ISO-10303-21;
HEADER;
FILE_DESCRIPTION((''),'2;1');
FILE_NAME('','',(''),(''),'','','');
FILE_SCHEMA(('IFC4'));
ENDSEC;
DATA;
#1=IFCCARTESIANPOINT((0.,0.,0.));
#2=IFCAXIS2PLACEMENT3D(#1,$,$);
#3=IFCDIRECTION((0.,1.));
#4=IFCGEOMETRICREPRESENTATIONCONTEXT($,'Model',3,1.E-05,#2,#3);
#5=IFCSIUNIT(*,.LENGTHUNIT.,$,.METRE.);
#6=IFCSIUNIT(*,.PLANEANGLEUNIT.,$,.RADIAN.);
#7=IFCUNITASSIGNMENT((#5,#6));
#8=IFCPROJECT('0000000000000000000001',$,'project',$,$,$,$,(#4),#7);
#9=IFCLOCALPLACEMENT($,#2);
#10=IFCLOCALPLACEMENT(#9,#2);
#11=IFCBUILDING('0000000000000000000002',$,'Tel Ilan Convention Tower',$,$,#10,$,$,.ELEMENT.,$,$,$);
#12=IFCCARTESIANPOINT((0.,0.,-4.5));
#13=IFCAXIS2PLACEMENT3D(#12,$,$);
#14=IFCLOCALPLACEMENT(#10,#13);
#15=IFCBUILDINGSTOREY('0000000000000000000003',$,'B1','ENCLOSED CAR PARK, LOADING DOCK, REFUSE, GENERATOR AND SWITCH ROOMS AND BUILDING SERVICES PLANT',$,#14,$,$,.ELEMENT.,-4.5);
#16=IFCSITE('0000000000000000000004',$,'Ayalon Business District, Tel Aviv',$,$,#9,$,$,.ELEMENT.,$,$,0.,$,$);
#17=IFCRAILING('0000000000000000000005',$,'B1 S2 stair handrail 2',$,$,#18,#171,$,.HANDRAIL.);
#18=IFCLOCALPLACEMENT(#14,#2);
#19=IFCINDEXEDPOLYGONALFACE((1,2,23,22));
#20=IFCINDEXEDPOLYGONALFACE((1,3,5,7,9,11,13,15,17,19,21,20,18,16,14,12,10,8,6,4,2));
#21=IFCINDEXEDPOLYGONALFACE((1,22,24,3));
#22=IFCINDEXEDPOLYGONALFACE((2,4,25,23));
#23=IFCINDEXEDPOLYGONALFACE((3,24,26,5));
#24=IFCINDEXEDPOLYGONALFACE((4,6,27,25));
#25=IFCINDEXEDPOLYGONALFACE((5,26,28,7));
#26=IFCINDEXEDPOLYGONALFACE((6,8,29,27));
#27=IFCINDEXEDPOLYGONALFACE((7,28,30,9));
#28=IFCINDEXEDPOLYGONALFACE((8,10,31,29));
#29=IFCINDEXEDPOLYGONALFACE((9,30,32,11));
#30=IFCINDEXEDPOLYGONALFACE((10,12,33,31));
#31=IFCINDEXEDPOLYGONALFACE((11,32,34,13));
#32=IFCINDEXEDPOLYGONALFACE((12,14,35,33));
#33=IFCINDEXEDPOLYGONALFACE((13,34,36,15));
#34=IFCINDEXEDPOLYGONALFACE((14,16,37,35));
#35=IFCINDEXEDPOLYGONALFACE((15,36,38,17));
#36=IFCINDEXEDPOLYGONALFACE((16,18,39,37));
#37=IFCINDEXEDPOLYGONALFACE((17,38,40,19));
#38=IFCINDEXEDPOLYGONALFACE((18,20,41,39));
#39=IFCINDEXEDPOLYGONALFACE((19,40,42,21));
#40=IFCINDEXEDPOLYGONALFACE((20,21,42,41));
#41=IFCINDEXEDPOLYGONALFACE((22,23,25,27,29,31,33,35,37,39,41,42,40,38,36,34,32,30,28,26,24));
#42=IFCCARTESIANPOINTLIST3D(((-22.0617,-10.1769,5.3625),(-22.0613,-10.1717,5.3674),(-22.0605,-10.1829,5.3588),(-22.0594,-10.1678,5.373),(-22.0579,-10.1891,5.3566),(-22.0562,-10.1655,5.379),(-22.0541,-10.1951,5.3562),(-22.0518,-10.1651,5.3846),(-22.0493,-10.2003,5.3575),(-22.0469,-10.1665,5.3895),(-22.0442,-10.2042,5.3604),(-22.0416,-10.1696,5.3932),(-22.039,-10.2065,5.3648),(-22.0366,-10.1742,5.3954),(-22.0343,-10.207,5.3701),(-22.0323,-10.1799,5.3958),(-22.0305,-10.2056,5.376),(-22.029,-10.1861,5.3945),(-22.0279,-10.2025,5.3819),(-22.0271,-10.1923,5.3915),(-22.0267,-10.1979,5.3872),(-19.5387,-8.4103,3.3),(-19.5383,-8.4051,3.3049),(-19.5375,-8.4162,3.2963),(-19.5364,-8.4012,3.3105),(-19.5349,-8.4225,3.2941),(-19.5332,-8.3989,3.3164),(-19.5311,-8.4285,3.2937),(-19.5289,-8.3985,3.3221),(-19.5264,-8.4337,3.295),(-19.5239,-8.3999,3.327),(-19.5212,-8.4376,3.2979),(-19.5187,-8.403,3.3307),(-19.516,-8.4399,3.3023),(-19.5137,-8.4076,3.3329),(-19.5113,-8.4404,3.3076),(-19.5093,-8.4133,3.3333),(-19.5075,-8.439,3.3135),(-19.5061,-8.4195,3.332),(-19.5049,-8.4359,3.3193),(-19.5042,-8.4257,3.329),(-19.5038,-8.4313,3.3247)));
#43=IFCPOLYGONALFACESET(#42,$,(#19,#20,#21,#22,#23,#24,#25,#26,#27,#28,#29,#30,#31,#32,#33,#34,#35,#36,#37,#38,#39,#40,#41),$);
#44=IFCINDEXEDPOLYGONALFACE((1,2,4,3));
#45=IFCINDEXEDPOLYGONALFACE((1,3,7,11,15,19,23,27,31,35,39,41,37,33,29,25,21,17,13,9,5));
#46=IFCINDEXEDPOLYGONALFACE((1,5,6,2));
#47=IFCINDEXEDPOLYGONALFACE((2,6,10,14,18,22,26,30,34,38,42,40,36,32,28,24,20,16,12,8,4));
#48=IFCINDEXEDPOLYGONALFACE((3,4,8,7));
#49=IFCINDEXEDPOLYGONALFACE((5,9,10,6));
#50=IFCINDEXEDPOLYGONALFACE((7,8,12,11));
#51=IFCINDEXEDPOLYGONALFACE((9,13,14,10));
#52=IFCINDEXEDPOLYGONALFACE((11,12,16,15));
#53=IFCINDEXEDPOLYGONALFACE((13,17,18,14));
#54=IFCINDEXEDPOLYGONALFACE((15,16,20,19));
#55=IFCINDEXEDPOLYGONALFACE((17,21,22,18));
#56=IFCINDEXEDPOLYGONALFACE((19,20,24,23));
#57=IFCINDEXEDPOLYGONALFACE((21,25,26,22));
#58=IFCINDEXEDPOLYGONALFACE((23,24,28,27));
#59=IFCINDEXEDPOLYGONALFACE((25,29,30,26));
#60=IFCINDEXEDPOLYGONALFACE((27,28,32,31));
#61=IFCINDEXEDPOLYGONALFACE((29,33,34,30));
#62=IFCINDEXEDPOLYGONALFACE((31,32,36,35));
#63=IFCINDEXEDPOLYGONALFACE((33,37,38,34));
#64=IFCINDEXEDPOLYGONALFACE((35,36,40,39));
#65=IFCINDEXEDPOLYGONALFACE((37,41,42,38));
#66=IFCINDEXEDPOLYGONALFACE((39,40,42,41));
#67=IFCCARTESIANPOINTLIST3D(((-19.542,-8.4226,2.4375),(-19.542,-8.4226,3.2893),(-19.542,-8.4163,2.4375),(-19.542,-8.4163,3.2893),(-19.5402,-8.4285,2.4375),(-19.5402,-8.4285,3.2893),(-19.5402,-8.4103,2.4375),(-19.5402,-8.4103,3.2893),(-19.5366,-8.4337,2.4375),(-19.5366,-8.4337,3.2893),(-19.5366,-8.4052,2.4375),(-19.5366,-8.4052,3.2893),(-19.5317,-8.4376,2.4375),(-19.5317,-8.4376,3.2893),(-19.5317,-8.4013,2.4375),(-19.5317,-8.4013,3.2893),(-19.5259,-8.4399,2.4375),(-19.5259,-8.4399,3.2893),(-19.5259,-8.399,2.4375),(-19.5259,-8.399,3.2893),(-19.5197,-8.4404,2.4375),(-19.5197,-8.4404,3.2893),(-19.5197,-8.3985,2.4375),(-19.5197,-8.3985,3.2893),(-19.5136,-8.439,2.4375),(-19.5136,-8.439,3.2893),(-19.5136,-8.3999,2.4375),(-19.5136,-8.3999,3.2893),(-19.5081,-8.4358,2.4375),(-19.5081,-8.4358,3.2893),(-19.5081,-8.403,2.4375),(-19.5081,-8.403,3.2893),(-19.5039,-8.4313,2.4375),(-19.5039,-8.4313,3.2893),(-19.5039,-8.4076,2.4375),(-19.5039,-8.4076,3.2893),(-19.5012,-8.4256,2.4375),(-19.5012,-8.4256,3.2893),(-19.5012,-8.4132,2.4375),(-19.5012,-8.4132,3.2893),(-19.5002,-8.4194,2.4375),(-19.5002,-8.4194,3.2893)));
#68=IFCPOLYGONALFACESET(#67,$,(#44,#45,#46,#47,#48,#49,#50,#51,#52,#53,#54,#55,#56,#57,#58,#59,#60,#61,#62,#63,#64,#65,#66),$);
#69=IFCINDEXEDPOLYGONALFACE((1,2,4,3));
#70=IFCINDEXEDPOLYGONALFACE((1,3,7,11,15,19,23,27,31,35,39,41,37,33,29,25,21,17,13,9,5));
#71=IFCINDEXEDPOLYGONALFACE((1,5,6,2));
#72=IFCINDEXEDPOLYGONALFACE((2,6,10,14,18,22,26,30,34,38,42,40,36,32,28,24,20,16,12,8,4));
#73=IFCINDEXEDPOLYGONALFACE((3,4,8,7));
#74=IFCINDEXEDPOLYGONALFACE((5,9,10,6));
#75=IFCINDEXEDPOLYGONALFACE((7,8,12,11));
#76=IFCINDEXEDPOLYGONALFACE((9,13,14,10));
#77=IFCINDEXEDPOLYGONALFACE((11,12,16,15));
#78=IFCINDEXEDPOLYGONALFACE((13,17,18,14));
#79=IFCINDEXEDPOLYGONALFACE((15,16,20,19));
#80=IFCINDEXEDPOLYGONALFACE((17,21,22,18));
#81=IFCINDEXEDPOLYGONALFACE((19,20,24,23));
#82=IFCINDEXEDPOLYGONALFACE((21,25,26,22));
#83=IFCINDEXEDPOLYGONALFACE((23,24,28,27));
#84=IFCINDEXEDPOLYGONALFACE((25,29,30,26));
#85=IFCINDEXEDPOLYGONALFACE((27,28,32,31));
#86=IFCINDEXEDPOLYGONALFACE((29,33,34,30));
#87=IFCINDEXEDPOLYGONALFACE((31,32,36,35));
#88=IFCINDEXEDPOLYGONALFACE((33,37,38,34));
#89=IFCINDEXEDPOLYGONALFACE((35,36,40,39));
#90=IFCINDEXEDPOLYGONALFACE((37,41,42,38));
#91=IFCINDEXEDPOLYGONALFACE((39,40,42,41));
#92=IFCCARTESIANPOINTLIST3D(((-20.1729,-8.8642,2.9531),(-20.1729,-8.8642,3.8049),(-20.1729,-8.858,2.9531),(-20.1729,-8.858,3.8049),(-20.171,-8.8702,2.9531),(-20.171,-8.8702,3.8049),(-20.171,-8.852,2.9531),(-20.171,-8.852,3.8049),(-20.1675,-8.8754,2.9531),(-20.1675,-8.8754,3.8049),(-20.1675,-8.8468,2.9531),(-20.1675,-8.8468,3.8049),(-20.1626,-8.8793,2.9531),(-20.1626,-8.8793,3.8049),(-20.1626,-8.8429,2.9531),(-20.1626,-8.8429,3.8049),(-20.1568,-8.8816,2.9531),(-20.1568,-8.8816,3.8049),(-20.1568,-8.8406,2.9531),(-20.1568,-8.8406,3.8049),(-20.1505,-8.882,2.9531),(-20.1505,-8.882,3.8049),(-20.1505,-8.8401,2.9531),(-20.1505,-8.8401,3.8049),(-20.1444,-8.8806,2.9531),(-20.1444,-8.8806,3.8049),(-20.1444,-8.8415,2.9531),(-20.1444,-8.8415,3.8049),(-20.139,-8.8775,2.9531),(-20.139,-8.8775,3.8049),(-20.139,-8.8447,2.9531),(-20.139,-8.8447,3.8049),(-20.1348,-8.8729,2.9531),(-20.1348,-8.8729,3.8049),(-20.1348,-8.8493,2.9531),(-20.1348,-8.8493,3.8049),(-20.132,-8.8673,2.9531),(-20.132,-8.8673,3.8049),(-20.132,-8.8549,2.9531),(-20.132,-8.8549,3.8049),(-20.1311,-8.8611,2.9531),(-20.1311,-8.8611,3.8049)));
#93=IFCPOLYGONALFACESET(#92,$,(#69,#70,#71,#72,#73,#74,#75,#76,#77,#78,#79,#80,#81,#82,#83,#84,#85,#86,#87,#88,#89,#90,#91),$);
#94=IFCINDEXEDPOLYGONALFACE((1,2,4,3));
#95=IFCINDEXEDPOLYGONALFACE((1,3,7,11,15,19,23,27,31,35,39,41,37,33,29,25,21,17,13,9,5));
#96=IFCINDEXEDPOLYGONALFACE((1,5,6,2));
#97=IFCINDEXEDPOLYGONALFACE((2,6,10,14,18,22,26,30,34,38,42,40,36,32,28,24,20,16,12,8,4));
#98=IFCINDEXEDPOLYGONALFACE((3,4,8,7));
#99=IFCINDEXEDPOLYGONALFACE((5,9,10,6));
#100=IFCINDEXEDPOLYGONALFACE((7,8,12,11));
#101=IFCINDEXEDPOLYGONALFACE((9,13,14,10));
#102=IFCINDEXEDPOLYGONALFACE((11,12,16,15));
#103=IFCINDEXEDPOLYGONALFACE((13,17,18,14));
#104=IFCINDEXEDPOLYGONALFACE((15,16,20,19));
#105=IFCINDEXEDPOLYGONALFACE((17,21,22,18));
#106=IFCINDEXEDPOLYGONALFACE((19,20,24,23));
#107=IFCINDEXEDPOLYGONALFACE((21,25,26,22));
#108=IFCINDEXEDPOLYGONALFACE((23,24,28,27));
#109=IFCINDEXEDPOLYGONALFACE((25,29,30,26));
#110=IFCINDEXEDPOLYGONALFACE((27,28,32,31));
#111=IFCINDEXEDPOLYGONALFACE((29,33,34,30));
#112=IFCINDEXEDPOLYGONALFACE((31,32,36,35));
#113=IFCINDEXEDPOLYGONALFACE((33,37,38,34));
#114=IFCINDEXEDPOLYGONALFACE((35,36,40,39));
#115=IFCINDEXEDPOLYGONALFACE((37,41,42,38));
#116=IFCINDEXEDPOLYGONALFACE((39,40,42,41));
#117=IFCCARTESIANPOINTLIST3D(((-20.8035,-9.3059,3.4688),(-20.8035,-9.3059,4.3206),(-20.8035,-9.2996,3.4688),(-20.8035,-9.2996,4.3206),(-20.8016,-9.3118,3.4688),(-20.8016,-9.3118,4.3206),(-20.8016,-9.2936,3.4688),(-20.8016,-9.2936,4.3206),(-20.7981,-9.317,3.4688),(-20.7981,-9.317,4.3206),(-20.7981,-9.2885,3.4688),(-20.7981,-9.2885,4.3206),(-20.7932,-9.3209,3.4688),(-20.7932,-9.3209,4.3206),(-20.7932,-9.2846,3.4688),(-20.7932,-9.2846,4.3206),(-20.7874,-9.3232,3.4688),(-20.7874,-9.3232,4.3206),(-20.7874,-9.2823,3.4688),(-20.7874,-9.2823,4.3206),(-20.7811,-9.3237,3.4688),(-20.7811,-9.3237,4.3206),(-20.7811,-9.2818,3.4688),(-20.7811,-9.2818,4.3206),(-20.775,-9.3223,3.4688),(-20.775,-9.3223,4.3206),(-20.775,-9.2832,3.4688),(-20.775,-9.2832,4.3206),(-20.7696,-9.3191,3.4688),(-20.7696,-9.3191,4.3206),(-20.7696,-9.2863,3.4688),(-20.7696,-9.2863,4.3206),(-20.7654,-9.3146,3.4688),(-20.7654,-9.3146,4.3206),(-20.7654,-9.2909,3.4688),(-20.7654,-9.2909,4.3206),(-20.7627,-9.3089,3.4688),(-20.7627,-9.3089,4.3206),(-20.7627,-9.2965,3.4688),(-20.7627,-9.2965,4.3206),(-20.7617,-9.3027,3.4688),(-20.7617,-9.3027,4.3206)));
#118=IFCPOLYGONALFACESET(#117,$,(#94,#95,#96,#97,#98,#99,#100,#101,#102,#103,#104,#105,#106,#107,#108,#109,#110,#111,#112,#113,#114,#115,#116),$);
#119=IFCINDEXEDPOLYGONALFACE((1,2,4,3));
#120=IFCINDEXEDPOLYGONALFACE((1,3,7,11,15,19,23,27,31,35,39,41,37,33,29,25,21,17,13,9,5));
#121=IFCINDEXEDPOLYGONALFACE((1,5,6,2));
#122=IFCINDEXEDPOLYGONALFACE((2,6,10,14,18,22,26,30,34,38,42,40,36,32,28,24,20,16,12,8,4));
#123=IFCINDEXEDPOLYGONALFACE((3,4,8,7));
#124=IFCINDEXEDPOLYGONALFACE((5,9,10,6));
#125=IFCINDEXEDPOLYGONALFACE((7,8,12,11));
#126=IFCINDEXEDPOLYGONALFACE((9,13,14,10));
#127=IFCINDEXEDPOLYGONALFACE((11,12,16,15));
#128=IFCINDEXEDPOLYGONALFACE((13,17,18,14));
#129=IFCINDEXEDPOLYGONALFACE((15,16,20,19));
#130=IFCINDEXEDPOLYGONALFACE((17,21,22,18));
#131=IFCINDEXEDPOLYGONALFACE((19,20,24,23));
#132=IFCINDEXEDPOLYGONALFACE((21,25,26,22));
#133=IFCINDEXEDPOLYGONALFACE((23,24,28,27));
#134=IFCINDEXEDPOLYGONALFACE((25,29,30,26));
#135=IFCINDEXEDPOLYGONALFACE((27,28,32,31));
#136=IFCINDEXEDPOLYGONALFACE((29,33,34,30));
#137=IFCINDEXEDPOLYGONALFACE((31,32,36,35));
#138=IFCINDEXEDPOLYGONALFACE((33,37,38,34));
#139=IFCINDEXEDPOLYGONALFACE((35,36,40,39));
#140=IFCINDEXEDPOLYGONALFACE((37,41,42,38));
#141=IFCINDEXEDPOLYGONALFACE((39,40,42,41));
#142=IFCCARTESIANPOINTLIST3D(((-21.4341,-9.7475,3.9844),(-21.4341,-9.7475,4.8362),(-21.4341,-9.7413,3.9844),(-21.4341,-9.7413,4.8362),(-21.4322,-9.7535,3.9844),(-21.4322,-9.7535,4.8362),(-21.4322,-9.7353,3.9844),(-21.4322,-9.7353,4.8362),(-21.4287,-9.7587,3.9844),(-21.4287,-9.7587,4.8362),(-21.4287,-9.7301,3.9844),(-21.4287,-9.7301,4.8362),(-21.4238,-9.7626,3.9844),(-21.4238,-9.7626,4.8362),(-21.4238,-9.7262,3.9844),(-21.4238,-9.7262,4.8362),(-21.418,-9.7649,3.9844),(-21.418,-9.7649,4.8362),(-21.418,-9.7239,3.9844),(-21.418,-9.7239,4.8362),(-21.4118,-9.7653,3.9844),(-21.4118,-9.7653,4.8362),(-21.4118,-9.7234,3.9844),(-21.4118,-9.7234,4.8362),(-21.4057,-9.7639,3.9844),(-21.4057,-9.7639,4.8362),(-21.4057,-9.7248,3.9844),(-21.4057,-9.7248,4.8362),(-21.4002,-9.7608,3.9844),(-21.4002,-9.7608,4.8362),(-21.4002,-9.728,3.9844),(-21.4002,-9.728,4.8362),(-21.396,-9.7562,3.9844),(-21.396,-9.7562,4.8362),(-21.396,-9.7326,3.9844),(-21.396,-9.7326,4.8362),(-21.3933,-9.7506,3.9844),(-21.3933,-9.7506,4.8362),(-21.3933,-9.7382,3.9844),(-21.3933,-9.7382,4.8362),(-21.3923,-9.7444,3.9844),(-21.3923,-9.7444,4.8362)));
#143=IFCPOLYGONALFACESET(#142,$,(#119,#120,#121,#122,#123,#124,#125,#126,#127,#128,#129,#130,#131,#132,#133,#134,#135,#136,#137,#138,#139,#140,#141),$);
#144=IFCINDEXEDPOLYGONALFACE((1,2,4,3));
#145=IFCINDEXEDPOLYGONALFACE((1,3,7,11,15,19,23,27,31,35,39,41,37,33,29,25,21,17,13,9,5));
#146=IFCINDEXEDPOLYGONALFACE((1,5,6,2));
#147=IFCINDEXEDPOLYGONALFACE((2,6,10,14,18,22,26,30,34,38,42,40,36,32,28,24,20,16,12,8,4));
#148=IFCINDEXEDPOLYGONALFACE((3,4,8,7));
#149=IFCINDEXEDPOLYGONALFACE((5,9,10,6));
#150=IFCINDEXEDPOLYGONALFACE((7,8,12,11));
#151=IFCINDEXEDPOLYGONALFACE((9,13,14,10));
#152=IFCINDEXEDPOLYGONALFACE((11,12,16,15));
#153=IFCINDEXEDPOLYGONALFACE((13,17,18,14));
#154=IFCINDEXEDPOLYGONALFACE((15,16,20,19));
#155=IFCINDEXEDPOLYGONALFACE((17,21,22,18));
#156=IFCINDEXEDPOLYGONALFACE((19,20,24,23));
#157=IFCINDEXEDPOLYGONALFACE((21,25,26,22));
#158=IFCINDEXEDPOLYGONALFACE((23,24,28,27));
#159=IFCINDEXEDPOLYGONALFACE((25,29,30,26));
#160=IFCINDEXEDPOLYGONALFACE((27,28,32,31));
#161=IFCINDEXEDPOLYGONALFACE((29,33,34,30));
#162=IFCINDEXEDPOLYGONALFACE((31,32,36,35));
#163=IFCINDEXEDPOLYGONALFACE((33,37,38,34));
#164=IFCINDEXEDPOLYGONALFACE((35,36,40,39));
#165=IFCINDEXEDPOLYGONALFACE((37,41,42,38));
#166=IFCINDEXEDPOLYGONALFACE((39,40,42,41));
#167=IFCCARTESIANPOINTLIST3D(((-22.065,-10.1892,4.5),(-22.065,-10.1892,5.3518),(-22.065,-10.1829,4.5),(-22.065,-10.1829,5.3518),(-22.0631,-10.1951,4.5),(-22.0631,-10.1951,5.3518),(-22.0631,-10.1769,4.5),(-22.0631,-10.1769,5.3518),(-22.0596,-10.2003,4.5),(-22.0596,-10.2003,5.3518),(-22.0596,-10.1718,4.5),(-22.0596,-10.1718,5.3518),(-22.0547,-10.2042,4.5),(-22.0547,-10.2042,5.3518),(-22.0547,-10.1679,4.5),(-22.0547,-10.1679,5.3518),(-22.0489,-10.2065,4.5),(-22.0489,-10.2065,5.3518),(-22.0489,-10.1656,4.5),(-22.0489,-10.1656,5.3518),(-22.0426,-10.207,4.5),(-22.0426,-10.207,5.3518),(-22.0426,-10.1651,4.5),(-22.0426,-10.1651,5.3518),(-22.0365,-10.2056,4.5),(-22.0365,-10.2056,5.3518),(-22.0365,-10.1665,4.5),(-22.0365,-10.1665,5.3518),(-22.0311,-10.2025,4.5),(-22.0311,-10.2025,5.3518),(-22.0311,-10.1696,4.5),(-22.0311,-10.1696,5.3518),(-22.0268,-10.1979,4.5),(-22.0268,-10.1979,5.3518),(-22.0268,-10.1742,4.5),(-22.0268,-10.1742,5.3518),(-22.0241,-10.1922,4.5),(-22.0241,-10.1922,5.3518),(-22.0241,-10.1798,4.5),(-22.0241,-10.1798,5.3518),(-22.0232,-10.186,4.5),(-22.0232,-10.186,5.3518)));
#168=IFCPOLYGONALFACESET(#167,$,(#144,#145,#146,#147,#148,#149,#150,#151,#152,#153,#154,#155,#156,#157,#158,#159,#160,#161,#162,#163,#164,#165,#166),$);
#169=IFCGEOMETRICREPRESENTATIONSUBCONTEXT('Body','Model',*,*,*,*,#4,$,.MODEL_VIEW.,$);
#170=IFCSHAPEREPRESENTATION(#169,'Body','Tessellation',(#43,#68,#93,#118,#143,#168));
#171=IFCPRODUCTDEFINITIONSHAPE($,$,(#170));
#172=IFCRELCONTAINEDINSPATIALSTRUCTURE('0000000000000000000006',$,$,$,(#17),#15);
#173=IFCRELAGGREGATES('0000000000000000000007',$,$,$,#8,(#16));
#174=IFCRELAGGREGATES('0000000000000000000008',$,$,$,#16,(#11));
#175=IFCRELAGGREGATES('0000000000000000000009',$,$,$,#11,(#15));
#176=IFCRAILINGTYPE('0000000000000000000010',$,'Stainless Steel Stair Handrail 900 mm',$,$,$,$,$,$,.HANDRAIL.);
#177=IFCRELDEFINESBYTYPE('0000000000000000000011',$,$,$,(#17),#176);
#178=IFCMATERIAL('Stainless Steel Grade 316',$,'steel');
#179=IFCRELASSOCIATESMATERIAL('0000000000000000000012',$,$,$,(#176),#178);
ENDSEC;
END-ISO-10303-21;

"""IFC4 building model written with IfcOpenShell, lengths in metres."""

from ifc_helpers import new_model, si_unit, direction, frame, origin, origin_2d, place, context, subcontext, project, spatial, circle, extrude, material, type_object, element, save


model = new_model("IFC4")

# Units and contexts
model_context = context("Model", 3, precision=1e-05, world=origin(), true_north=direction((0.0, 1.0)))
body_context = subcontext(model_context, "Body", "Model", "MODEL_VIEW")
ifc_project = project(units=[si_unit("LENGTHUNIT", "METRE"), si_unit("PLANEANGLEUNIT", "RADIAN")], contexts=[model_context])

# Site, building, storey
site_placement = place(None, origin())
site = spatial("IfcSite", under=ifc_project, at=site_placement, Name="Ayalon Business District, Tel Aviv", CompositionType="ELEMENT", RefElevation=0.0)
building_placement = place(site_placement, origin())
building = spatial("IfcBuilding", under=site, at=building_placement, Name="Tel Ilan Convention Tower", CompositionType="ELEMENT")
storey_placement = place(building_placement, frame((0.0, 0.0, -4.5)))
storey = spatial("IfcBuildingStorey", under=building, at=storey_placement, Name="B1", Description="ENCLOSED CAR PARK, LOADING DOCK, REFUSE, GENERATOR AND SWITCH ROOMS AND BUILDING SERVICES PLANT", CompositionType="ELEMENT", Elevation=-4.5)

# Railing
ifc_material_1 = material(Name="Stainless Steel Grade 316", Category="steel")
railing_type_1 = type_object("IfcRailingType", Name="Stainless Steel Stair Handrail 900 mm", PredefinedType="HANDRAIL", material=ifc_material_1)
railing_1_placement = place(storey_placement, frame((-19.5212, -8.4194, 2.4375)))
element("IfcRailing", 1, at=railing_1_placement, inside=storey, type_object=railing_type_1, Name="B1 S2 stair handrail 2", PredefinedType="HANDRAIL", context=body_context, shape_type="SweptSolid", body=[
    extrude(circle(Radius=0.0239, at=origin_2d()), frame((0.0, 0.0, 0.876), z_axis=(-0.680635, -0.476589, 0.556416), x_axis=(0.573579, -0.81915, 0.0)), (0.0, 0.0, 1.0), 3.7068),
    extrude(circle(Radius=0.021, at=origin_2d()), origin(), (0.0, 0.0, 1.0), 0.8518),
    extrude(circle(Radius=0.021, at=origin_2d()), frame((-0.6309, -0.4417, 0.5156)), (0.0, 0.0, 1.0), 0.8518),
    extrude(circle(Radius=0.021, at=origin_2d()), frame((-1.2615, -0.8833, 1.0312)), (0.0, 0.0, 1.0), 0.8518),
    extrude(circle(Radius=0.021, at=origin_2d()), frame((-1.8921, -1.325, 1.5469)), (0.0, 0.0, 1.0), 0.8518),
    extrude(circle(Radius=0.021, at=origin_2d()), frame((-2.5229, -1.7666, 2.0625)), (0.0, 0.0, 1.0), 0.8518),
])

save(model, "model.ifc")
